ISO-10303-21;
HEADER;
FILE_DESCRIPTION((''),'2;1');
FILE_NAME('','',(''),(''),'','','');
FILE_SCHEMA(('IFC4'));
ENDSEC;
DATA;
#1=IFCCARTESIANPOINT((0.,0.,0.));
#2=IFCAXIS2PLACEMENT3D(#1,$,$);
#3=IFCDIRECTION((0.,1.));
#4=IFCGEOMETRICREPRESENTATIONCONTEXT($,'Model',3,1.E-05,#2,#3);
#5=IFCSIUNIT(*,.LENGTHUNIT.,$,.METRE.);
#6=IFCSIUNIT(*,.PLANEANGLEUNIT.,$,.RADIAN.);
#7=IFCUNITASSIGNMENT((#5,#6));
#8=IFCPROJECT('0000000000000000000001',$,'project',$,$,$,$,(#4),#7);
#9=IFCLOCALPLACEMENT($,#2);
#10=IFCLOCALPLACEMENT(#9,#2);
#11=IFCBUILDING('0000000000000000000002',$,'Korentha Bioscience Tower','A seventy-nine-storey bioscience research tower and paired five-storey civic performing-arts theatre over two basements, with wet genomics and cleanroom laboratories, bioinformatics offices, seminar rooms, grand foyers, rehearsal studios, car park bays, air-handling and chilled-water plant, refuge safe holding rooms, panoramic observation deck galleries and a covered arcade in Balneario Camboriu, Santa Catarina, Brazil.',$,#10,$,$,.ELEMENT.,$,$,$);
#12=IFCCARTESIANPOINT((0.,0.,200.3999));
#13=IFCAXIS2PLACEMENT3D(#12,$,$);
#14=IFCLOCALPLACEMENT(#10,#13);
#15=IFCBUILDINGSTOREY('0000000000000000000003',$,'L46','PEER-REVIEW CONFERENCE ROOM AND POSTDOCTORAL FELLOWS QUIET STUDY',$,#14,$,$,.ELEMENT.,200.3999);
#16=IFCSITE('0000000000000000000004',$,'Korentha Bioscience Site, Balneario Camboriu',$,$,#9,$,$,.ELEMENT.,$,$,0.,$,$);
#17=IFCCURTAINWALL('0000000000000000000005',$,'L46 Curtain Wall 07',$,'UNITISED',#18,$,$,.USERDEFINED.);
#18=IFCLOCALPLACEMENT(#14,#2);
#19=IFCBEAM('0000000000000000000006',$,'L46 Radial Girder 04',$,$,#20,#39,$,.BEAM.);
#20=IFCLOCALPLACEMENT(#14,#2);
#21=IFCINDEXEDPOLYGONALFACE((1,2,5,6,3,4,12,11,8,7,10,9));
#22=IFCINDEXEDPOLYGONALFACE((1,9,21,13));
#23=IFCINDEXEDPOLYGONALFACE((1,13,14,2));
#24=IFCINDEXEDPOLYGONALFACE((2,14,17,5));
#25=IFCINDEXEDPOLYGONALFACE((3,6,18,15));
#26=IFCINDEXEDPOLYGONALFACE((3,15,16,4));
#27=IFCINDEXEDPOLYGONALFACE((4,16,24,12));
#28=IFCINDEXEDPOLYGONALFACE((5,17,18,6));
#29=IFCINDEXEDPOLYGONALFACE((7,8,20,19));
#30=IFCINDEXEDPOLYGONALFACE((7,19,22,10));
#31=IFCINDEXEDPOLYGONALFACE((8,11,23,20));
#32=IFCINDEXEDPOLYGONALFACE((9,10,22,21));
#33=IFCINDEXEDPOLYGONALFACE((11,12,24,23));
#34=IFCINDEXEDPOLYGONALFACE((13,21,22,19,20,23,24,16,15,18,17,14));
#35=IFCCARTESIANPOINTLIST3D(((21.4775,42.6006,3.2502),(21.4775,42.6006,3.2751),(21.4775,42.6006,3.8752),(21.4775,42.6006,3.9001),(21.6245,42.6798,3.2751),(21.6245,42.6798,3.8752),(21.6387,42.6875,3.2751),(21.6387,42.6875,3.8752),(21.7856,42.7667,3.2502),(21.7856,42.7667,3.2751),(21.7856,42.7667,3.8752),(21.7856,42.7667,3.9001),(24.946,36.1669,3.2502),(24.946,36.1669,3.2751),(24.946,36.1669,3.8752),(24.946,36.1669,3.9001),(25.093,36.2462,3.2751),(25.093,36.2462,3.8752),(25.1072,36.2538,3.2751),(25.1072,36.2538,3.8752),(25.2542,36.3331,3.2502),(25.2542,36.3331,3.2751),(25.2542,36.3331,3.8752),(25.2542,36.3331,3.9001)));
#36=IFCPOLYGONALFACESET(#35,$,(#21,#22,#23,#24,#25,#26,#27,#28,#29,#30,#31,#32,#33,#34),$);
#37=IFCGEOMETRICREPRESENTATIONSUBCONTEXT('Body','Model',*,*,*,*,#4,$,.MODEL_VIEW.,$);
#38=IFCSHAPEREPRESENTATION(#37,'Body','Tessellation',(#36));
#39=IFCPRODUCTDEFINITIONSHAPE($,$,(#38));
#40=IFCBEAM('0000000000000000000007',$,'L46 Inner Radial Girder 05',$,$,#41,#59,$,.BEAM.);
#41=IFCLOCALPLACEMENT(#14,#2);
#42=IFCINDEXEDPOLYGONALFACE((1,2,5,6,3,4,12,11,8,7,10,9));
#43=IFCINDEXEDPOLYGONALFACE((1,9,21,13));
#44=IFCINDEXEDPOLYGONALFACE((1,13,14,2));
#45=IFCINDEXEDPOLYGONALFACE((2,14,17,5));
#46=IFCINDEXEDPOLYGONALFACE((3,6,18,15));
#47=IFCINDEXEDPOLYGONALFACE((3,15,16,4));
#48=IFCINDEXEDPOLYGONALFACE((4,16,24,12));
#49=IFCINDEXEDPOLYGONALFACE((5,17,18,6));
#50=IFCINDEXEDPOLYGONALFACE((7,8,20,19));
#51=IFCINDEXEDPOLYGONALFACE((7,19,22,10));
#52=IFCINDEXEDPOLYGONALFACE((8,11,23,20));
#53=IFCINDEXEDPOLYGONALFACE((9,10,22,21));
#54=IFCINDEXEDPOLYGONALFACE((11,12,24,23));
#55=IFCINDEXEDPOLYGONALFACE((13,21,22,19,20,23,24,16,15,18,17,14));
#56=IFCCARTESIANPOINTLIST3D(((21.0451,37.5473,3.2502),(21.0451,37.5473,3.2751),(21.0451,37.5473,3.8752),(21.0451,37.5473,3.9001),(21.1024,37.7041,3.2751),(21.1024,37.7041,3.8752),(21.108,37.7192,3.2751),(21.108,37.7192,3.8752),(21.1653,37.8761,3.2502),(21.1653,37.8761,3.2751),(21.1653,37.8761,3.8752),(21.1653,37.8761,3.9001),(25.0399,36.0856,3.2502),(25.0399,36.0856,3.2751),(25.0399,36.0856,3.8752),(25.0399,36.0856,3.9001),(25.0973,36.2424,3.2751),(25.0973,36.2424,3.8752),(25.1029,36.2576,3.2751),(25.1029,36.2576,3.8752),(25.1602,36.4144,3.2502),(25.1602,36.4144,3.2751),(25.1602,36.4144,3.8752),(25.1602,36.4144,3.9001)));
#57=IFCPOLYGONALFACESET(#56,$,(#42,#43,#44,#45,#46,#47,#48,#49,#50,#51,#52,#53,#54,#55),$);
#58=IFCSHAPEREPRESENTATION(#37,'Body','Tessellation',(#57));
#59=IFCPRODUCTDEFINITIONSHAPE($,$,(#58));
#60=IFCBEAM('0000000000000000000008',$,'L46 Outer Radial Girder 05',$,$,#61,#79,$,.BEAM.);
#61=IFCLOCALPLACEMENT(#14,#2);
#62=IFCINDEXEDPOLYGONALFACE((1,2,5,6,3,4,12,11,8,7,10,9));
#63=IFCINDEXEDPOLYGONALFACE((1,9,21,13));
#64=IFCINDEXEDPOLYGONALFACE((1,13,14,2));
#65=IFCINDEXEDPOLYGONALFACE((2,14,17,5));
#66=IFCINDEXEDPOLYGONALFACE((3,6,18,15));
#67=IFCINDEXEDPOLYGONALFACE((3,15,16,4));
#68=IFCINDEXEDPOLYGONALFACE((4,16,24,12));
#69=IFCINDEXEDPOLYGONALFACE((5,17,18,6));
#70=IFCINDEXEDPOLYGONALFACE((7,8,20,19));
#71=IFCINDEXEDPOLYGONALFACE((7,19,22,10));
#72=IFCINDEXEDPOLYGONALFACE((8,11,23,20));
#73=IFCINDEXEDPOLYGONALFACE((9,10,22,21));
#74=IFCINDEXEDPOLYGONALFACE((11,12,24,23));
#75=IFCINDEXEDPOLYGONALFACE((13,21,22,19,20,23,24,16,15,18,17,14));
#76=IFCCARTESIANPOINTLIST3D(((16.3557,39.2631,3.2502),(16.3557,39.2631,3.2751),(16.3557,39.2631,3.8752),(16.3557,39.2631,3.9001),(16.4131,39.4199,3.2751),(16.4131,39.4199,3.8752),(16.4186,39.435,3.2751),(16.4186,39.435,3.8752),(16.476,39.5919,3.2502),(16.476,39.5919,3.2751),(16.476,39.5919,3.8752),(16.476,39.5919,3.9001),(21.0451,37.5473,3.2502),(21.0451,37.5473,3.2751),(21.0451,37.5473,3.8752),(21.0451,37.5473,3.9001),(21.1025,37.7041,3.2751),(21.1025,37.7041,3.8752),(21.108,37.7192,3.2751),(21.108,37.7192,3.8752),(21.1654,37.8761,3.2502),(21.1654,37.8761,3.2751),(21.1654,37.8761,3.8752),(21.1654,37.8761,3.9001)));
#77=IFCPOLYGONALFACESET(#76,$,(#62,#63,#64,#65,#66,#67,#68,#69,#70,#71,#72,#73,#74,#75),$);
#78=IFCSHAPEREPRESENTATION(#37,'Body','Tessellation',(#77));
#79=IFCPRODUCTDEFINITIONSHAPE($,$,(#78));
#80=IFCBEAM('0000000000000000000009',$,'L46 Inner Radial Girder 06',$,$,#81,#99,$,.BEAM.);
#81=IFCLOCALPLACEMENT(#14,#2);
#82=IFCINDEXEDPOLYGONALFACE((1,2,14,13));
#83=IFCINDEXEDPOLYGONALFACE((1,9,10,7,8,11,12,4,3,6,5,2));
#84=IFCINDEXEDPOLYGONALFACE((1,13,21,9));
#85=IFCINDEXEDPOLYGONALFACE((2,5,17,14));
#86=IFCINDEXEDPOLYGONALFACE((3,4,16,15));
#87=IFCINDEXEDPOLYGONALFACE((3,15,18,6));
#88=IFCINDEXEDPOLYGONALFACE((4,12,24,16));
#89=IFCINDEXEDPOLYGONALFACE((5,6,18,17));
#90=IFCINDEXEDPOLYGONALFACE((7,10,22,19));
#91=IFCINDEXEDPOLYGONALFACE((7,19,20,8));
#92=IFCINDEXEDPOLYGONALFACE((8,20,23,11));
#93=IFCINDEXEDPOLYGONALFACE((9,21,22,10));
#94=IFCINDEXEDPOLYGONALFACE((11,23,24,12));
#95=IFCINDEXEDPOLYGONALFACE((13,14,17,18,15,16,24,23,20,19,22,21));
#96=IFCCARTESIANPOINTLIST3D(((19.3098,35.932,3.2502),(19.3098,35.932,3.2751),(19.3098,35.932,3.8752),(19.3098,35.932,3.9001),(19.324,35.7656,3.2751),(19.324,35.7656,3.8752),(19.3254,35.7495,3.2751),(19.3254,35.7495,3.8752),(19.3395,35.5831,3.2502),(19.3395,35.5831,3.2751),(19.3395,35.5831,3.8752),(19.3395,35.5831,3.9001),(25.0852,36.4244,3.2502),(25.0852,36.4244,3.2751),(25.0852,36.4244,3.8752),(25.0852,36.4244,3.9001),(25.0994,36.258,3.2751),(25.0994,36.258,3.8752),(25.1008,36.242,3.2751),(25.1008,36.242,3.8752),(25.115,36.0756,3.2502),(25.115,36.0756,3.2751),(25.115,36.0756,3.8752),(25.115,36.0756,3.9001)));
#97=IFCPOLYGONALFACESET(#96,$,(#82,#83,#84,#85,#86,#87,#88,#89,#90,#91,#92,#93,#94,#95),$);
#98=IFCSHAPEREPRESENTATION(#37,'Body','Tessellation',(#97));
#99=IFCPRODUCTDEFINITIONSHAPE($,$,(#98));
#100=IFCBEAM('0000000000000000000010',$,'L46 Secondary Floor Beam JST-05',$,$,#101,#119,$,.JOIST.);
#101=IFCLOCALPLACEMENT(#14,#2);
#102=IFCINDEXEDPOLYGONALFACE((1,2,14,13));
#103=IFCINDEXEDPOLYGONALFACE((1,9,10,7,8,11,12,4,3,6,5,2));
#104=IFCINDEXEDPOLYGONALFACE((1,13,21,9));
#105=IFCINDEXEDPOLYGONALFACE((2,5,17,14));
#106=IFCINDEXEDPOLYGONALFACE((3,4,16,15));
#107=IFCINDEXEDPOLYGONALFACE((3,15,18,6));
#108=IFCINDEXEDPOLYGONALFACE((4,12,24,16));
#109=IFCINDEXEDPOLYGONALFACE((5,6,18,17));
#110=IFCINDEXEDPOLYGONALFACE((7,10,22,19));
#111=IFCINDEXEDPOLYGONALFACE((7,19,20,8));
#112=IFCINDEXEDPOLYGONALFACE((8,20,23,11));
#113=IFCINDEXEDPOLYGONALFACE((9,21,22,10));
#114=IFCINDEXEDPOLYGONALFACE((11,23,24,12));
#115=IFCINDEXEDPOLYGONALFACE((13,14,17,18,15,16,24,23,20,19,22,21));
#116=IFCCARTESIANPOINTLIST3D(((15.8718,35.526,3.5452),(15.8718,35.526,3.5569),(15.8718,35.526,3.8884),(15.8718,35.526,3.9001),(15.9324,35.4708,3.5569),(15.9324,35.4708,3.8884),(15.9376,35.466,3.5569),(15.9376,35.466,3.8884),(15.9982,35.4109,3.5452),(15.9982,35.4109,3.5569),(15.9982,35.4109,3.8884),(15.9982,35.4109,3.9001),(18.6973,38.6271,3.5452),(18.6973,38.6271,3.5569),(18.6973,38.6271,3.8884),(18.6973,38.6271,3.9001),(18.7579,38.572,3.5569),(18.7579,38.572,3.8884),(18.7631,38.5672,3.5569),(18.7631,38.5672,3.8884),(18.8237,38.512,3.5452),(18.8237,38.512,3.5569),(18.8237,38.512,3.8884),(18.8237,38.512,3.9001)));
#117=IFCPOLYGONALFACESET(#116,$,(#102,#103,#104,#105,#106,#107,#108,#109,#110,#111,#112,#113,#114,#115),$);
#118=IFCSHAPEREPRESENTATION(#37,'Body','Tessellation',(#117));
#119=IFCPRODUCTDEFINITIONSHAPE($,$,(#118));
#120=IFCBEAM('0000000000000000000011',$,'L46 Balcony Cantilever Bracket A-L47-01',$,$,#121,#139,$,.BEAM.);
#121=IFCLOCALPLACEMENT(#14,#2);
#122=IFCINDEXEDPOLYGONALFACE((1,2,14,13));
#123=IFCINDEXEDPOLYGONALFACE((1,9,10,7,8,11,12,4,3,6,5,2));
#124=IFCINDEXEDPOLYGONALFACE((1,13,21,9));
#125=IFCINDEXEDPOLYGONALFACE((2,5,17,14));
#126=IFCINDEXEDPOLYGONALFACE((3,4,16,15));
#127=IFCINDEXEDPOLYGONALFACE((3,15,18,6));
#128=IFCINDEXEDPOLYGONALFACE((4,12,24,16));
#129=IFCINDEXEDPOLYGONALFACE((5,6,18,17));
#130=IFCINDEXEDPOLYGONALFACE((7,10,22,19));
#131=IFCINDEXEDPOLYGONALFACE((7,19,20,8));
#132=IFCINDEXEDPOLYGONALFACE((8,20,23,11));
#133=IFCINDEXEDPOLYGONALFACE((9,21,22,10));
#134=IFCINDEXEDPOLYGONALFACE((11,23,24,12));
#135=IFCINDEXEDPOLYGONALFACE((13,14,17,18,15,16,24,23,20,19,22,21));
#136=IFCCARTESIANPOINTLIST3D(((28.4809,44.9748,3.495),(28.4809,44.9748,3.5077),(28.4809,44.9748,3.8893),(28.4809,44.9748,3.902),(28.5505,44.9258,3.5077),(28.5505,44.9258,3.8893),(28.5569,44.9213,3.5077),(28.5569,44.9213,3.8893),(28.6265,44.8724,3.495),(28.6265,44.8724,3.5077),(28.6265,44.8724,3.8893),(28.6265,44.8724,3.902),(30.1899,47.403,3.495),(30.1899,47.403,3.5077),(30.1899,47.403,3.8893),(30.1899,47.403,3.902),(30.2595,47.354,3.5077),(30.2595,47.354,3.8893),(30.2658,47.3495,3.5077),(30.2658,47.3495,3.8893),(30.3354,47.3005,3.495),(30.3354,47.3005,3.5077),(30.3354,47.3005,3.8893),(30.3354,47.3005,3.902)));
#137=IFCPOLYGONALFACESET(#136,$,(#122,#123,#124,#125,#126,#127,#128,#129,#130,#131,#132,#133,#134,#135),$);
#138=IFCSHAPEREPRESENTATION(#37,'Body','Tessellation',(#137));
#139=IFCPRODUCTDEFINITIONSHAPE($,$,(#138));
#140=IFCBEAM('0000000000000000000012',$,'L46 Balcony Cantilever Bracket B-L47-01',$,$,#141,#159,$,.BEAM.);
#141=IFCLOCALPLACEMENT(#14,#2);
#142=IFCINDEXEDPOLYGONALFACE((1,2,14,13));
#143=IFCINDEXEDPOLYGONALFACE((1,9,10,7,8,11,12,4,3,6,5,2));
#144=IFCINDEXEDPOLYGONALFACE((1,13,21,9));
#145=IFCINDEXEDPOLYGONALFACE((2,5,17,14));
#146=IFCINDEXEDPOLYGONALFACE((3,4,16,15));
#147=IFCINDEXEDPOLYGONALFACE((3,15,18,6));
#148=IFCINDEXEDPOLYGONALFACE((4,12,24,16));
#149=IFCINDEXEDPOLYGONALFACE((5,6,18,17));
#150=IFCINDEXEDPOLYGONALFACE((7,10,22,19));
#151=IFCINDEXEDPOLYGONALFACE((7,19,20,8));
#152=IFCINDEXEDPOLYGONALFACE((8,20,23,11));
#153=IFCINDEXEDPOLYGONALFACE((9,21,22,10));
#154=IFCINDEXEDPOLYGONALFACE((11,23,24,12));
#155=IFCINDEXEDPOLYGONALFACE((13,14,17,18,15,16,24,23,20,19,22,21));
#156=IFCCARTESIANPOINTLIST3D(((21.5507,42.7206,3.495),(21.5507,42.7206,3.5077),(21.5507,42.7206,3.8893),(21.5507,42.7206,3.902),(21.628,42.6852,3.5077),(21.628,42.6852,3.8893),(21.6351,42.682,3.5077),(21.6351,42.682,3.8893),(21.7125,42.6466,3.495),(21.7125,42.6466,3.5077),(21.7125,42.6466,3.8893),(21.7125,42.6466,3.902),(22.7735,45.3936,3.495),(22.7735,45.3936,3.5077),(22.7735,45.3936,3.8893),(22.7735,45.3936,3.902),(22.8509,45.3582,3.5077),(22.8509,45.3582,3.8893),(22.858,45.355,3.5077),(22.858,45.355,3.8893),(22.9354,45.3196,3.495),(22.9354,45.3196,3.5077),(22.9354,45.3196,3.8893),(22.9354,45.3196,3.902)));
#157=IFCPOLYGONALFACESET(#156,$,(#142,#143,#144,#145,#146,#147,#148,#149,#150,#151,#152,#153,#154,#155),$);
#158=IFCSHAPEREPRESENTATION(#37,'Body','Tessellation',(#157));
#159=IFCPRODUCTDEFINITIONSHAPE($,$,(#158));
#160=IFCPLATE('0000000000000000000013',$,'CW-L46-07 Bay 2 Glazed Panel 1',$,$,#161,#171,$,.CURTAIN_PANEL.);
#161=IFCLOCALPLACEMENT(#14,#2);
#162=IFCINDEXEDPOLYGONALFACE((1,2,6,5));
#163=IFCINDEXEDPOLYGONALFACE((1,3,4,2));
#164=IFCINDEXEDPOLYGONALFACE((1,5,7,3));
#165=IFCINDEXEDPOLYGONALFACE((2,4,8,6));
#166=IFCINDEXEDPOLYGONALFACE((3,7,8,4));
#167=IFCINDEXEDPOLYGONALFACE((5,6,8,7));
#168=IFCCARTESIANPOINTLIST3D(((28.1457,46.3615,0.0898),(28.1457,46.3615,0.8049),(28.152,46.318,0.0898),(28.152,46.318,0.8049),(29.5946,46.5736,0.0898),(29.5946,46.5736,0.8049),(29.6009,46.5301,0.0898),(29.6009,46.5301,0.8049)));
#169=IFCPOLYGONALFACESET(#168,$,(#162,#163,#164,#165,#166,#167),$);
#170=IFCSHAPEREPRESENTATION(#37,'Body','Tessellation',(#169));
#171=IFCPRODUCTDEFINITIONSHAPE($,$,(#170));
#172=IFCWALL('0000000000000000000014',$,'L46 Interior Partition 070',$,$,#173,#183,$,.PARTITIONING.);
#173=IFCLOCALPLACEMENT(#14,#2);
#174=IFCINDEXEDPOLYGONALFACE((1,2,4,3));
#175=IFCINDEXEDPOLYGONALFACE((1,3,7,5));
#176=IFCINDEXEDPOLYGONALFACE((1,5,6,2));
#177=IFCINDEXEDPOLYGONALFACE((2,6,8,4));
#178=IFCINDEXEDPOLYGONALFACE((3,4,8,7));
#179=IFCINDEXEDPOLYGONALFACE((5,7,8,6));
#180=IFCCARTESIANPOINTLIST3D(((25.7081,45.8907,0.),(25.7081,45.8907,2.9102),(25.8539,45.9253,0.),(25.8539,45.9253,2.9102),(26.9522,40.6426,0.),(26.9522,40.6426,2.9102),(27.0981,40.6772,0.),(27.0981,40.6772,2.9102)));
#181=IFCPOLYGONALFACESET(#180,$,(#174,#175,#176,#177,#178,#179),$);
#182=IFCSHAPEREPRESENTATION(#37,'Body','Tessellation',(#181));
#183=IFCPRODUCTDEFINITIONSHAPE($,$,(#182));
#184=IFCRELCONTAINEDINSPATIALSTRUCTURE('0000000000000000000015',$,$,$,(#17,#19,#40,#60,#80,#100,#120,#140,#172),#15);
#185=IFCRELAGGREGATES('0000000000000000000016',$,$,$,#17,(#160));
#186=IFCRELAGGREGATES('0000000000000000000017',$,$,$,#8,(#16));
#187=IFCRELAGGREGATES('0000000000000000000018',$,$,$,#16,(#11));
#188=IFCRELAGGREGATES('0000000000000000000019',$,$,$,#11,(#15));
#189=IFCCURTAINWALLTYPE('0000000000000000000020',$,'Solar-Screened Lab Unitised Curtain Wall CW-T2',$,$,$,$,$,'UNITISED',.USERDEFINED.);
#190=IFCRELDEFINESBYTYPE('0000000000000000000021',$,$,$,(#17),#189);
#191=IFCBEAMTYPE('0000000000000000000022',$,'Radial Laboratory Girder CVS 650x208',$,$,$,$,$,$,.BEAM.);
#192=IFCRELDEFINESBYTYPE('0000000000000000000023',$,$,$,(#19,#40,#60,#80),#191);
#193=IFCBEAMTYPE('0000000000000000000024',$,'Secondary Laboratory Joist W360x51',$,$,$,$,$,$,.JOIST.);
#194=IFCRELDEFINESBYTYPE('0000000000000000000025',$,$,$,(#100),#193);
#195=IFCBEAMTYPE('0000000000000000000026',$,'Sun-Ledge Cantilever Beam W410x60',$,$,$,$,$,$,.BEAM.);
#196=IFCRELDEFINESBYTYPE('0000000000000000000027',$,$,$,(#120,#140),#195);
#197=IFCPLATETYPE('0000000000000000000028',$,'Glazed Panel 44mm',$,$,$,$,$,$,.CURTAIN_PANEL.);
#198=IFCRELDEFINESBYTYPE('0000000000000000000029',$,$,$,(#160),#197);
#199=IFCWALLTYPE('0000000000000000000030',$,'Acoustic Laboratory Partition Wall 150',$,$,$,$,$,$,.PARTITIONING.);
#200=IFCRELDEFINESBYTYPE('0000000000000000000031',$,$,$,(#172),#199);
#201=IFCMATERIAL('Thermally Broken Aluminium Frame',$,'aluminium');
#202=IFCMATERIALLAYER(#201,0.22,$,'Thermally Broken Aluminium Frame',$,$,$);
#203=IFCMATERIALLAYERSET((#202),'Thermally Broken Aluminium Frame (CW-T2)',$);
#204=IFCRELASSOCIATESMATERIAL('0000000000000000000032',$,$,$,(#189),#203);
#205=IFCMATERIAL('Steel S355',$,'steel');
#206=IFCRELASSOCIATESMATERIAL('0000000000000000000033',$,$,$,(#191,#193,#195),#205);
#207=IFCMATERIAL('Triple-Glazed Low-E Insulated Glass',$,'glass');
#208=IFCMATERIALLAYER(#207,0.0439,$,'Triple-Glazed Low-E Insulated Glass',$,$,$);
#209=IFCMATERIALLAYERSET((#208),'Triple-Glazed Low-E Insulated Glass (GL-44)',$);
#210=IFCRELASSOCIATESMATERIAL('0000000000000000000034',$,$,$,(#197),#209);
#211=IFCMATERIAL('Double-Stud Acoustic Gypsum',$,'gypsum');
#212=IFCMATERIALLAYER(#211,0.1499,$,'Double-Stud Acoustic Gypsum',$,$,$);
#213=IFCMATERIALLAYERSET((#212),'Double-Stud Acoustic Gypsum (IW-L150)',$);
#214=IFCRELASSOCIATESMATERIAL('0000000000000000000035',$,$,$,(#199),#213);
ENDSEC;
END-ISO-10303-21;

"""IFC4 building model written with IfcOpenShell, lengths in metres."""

from ifc_helpers import new_model, si_unit, direction, frame, frame_2d, origin, origin_2d, place, context, subcontext, project, spatial, rectangle, i_section, extrude, material, layer, layer_set, material_profile, profile_set, type_object, element, aggregate, save


model = new_model("IFC4")

# Units and contexts
model_context = context("Model", 3, precision=1e-05, world=origin(), true_north=direction((0.0, 1.0)))
body_context = subcontext(model_context, "Body", "Model", "MODEL_VIEW")
ifc_project = project(units=[si_unit("LENGTHUNIT", "METRE"), si_unit("PLANEANGLEUNIT", "RADIAN")], contexts=[model_context])

# Site, building, storey
site_placement = place(None, origin())
site = spatial("IfcSite", under=ifc_project, at=site_placement, Name="Korentha Bioscience Site, Balneario Camboriu", CompositionType="ELEMENT", RefElevation=0.0)
building_placement = place(site_placement, origin())
building = spatial("IfcBuilding", under=site, at=building_placement, Name="Korentha Bioscience Tower", Description="A seventy-nine-storey bioscience research tower and paired five-storey civic performing-arts theatre over two basements, with wet genomics and cleanroom laboratories, bioinformatics offices, seminar rooms, grand foyers, rehearsal studios, car park bays, air-handling and chilled-water plant, refuge safe holding rooms, panoramic observation deck galleries and a covered arcade in Balneario Camboriu, Santa Catarina, Brazil.", CompositionType="ELEMENT")
storey_placement = place(building_placement, frame((0.0, 0.0, 200.3999)))
storey = spatial("IfcBuildingStorey", under=building, at=storey_placement, Name="L46", Description="PEER-REVIEW CONFERENCE ROOM AND POSTDOCTORAL FELLOWS QUIET STUDY", CompositionType="ELEMENT", Elevation=200.3999)

# Shared definitions
ifc_material_1 = material(Name="Steel S355", Category="steel")

# Curtain wall
ifc_material_2 = material(Name="Thermally Broken Aluminium Frame", Category="aluminium")
ifc_layer_1 = layer(ifc_material_2, 0.22, Name="Thermally Broken Aluminium Frame")
ifc_layer_set_1 = layer_set([ifc_layer_1], Name="Thermally Broken Aluminium Frame (CW-T2)")
curtain_wall_type = type_object("IfcCurtainWallType", Name="Solar-Screened Lab Unitised Curtain Wall CW-T2", ElementType="UNITISED", PredefinedType="USERDEFINED", material=ifc_layer_set_1)
curtain_wall_placement = place(storey_placement, origin())
curtain_wall = element("IfcCurtainWall", 1, at=curtain_wall_placement, inside=storey, type_object=curtain_wall_type, Name="L46 Curtain Wall 07", ObjectType="UNITISED", PredefinedType="USERDEFINED")

# Beams
ifc_material_profile_1 = material_profile(ifc_material_1, i_section(OverallWidth=0.3501, OverallDepth=0.6499, WebThickness=0.0161, FlangeThickness=0.0249, at=origin_2d()), Name="Steel S355")
ifc_profile_set_1 = profile_set([ifc_material_profile_1], Name="Steel S355 (RB-650)")
beam_type_1 = type_object("IfcBeamType", Name="Radial Laboratory Girder CVS 650x208", PredefinedType="BEAM", material=ifc_profile_set_1)
beam_1_placement = place(storey_placement, frame((25.1001, 36.25, 3.5752), z_axis=(-0.474552, 0.880228, 0.0), x_axis=(-0.880228, -0.474552, 0.0)))
element("IfcBeam", 2, at=beam_1_placement, inside=storey, type_object=beam_type_1, Name="L46 Radial Girder 04", PredefinedType="BEAM", context=body_context, shape_type="SweptSolid", body=[
    extrude(i_section(OverallWidth=0.3501, OverallDepth=0.6499, WebThickness=0.0161, FlangeThickness=0.0249, at=origin_2d()), origin(), (0.0, 0.0, 1.0), 7.3091),
])
beam_2_placement = place(storey_placement, frame((25.1001, 36.25, 3.5752), z_axis=(-0.939113, 0.343609, 0.0), x_axis=(-0.343609, -0.939113, 0.0)))
element("IfcBeam", 3, at=beam_2_placement, inside=storey, type_object=beam_type_1, Name="L46 Inner Radial Girder 05", PredefinedType="BEAM", context=body_context, shape_type="SweptSolid", body=[
    extrude(i_section(OverallWidth=0.3501, OverallDepth=0.6499, WebThickness=0.0161, FlangeThickness=0.0249, at=origin_2d()), origin(), (0.0, 0.0, 1.0), 4.2539),
])
beam_3_placement = place(storey_placement, frame((21.1052, 37.7117, 3.5752), z_axis=(-0.939112, 0.343611, 0.0), x_axis=(-0.343611, -0.939112, 0.0)))
element("IfcBeam", 4, at=beam_3_placement, inside=storey, type_object=beam_type_1, Name="L46 Outer Radial Girder 05", PredefinedType="BEAM", context=body_context, shape_type="SweptSolid", body=[
    extrude(i_section(OverallWidth=0.3501, OverallDepth=0.6499, WebThickness=0.0161, FlangeThickness=0.0249, at=origin_2d()), origin(), (0.0, 0.0, 1.0), 4.9934),
])
beam_4_placement = place(storey_placement, frame((25.1001, 36.25, 3.5752), z_axis=(-0.996385, -0.084956, 0.0), x_axis=(0.084956, -0.996385, 0.0)))
element("IfcBeam", 5, at=beam_4_placement, inside=storey, type_object=beam_type_1, Name="L46 Inner Radial Girder 06", PredefinedType="BEAM", context=body_context, shape_type="SweptSolid", body=[
    extrude(i_section(OverallWidth=0.3501, OverallDepth=0.6499, WebThickness=0.0161, FlangeThickness=0.0249, at=origin_2d()), origin(), (0.0, 0.0, 1.0), 5.7964),
])
ifc_material_profile_2 = material_profile(ifc_material_1, i_section(OverallWidth=0.1709, OverallDepth=0.355, WebThickness=0.0071, FlangeThickness=0.0117, at=origin_2d()), Name="Steel S355")
ifc_profile_set_2 = profile_set([ifc_material_profile_2], Name="Steel S355 (JB-360)")
beam_type_2 = type_object("IfcBeamType", Name="Secondary Laboratory Joist W360x51", PredefinedType="JOIST", material=ifc_profile_set_2)
beam_5_placement = place(storey_placement, frame((18.7605, 38.5696, 3.7227), z_axis=(-0.673492, -0.739194, 0.0), x_axis=(0.739194, -0.673492, 0.0)))
element("IfcBeam", 6, at=beam_5_placement, inside=storey, type_object=beam_type_2, Name="L46 Secondary Floor Beam JST-05", PredefinedType="JOIST", context=body_context, shape_type="SweptSolid", body=[
    extrude(i_section(OverallWidth=0.1709, OverallDepth=0.355, WebThickness=0.0071, FlangeThickness=0.0117, at=origin_2d()), origin(), (0.0, 0.0, 1.0), 4.1953),
])
ifc_material_profile_3 = material_profile(ifc_material_1, i_section(OverallWidth=0.178, OverallDepth=0.407, WebThickness=0.0078, FlangeThickness=0.0127, at=origin_2d()), Name="Steel S355")
ifc_profile_set_3 = profile_set([ifc_material_profile_3], Name="Steel S355 (CB-410)")
beam_type_3 = type_object("IfcBeamType", Name="Sun-Ledge Cantilever Beam W410x60", PredefinedType="BEAM", material=ifc_profile_set_3)
beam_6_placement = place(storey_placement, frame((28.5537, 44.9236, 3.6985), z_axis=(0.575546, 0.817769, 0.0), x_axis=(-0.817769, 0.575546, 0.0)))
element("IfcBeam", 7, at=beam_6_placement, inside=storey, type_object=beam_type_3, Name="L46 Balcony Cantilever Bracket A-L47-01", PredefinedType="BEAM", context=body_context, shape_type="SweptSolid", body=[
    extrude(i_section(OverallWidth=0.178, OverallDepth=0.407, WebThickness=0.0078, FlangeThickness=0.0127, at=origin_2d()), origin(), (0.0, 0.0, 1.0), 2.9692),
])
beam_7_placement = place(storey_placement, frame((21.6316, 42.6836, 3.6985), z_axis=(0.416017, 0.909357, 0.0), x_axis=(-0.909357, 0.416017, 0.0)))
element("IfcBeam", 8, at=beam_7_placement, inside=storey, type_object=beam_type_3, Name="L46 Balcony Cantilever Bracket B-L47-01", PredefinedType="BEAM", context=body_context, shape_type="SweptSolid", body=[
    extrude(i_section(OverallWidth=0.178, OverallDepth=0.407, WebThickness=0.0078, FlangeThickness=0.0127, at=origin_2d()), origin(), (0.0, 0.0, 1.0), 2.9395),
])

# Plate
ifc_material_3 = material(Name="Triple-Glazed Low-E Insulated Glass", Category="glass")
ifc_layer_2 = layer(ifc_material_3, 0.0439, Name="Triple-Glazed Low-E Insulated Glass")
ifc_layer_set_2 = layer_set([ifc_layer_2], Name="Triple-Glazed Low-E Insulated Glass (GL-44)")
plate_type = type_object("IfcPlateType", Name="Glazed Panel 44mm", PredefinedType="CURTAIN_PANEL", material=ifc_layer_set_2)
plate_placement = place(storey_placement, frame((28.8733, 46.4458, 0.0898), z_axis=(0.0, 0.0, 1.0), x_axis=(-0.989449, -0.144878, 0.0)))
plate = element("IfcPlate", 9, at=plate_placement, type_object=plate_type, Name="CW-L46-07 Bay 2 Glazed Panel 1", PredefinedType="CURTAIN_PANEL", context=body_context, shape_type="SweptSolid", body=[
    extrude(rectangle(XDim=1.4644, YDim=0.0439, at=origin_2d()), origin(), (0.0, 0.0, 1.0), 0.7151),
])
aggregate(curtain_wall, [plate])

# Wall
ifc_material_4 = material(Name="Double-Stud Acoustic Gypsum", Category="gypsum")
ifc_layer_3 = layer(ifc_material_4, 0.1499, Name="Double-Stud Acoustic Gypsum")
ifc_layer_set_3 = layer_set([ifc_layer_3], Name="Double-Stud Acoustic Gypsum (IW-L150)")
wall_type_1 = type_object("IfcWallType", Name="Acoustic Laboratory Partition Wall 150", PredefinedType="PARTITIONING", material=ifc_layer_set_3)
wall_1_placement = place(storey_placement, frame((27.0251, 40.6599, 0.0), z_axis=(0.0, 0.0, 1.0), x_axis=(-0.230674, 0.973031, 0.0)))
element("IfcWall", 10, at=wall_1_placement, inside=storey, type_object=wall_type_1, Name="L46 Interior Partition 070", PredefinedType="PARTITIONING", context=body_context, shape_type="SweptSolid", body=[
    extrude(rectangle(XDim=5.3936, YDim=0.1499, at=frame_2d((2.6968, 0.0))), origin(), (0.0, 0.0, 1.0), 2.9102),
])

save(model, "model.ifc")
